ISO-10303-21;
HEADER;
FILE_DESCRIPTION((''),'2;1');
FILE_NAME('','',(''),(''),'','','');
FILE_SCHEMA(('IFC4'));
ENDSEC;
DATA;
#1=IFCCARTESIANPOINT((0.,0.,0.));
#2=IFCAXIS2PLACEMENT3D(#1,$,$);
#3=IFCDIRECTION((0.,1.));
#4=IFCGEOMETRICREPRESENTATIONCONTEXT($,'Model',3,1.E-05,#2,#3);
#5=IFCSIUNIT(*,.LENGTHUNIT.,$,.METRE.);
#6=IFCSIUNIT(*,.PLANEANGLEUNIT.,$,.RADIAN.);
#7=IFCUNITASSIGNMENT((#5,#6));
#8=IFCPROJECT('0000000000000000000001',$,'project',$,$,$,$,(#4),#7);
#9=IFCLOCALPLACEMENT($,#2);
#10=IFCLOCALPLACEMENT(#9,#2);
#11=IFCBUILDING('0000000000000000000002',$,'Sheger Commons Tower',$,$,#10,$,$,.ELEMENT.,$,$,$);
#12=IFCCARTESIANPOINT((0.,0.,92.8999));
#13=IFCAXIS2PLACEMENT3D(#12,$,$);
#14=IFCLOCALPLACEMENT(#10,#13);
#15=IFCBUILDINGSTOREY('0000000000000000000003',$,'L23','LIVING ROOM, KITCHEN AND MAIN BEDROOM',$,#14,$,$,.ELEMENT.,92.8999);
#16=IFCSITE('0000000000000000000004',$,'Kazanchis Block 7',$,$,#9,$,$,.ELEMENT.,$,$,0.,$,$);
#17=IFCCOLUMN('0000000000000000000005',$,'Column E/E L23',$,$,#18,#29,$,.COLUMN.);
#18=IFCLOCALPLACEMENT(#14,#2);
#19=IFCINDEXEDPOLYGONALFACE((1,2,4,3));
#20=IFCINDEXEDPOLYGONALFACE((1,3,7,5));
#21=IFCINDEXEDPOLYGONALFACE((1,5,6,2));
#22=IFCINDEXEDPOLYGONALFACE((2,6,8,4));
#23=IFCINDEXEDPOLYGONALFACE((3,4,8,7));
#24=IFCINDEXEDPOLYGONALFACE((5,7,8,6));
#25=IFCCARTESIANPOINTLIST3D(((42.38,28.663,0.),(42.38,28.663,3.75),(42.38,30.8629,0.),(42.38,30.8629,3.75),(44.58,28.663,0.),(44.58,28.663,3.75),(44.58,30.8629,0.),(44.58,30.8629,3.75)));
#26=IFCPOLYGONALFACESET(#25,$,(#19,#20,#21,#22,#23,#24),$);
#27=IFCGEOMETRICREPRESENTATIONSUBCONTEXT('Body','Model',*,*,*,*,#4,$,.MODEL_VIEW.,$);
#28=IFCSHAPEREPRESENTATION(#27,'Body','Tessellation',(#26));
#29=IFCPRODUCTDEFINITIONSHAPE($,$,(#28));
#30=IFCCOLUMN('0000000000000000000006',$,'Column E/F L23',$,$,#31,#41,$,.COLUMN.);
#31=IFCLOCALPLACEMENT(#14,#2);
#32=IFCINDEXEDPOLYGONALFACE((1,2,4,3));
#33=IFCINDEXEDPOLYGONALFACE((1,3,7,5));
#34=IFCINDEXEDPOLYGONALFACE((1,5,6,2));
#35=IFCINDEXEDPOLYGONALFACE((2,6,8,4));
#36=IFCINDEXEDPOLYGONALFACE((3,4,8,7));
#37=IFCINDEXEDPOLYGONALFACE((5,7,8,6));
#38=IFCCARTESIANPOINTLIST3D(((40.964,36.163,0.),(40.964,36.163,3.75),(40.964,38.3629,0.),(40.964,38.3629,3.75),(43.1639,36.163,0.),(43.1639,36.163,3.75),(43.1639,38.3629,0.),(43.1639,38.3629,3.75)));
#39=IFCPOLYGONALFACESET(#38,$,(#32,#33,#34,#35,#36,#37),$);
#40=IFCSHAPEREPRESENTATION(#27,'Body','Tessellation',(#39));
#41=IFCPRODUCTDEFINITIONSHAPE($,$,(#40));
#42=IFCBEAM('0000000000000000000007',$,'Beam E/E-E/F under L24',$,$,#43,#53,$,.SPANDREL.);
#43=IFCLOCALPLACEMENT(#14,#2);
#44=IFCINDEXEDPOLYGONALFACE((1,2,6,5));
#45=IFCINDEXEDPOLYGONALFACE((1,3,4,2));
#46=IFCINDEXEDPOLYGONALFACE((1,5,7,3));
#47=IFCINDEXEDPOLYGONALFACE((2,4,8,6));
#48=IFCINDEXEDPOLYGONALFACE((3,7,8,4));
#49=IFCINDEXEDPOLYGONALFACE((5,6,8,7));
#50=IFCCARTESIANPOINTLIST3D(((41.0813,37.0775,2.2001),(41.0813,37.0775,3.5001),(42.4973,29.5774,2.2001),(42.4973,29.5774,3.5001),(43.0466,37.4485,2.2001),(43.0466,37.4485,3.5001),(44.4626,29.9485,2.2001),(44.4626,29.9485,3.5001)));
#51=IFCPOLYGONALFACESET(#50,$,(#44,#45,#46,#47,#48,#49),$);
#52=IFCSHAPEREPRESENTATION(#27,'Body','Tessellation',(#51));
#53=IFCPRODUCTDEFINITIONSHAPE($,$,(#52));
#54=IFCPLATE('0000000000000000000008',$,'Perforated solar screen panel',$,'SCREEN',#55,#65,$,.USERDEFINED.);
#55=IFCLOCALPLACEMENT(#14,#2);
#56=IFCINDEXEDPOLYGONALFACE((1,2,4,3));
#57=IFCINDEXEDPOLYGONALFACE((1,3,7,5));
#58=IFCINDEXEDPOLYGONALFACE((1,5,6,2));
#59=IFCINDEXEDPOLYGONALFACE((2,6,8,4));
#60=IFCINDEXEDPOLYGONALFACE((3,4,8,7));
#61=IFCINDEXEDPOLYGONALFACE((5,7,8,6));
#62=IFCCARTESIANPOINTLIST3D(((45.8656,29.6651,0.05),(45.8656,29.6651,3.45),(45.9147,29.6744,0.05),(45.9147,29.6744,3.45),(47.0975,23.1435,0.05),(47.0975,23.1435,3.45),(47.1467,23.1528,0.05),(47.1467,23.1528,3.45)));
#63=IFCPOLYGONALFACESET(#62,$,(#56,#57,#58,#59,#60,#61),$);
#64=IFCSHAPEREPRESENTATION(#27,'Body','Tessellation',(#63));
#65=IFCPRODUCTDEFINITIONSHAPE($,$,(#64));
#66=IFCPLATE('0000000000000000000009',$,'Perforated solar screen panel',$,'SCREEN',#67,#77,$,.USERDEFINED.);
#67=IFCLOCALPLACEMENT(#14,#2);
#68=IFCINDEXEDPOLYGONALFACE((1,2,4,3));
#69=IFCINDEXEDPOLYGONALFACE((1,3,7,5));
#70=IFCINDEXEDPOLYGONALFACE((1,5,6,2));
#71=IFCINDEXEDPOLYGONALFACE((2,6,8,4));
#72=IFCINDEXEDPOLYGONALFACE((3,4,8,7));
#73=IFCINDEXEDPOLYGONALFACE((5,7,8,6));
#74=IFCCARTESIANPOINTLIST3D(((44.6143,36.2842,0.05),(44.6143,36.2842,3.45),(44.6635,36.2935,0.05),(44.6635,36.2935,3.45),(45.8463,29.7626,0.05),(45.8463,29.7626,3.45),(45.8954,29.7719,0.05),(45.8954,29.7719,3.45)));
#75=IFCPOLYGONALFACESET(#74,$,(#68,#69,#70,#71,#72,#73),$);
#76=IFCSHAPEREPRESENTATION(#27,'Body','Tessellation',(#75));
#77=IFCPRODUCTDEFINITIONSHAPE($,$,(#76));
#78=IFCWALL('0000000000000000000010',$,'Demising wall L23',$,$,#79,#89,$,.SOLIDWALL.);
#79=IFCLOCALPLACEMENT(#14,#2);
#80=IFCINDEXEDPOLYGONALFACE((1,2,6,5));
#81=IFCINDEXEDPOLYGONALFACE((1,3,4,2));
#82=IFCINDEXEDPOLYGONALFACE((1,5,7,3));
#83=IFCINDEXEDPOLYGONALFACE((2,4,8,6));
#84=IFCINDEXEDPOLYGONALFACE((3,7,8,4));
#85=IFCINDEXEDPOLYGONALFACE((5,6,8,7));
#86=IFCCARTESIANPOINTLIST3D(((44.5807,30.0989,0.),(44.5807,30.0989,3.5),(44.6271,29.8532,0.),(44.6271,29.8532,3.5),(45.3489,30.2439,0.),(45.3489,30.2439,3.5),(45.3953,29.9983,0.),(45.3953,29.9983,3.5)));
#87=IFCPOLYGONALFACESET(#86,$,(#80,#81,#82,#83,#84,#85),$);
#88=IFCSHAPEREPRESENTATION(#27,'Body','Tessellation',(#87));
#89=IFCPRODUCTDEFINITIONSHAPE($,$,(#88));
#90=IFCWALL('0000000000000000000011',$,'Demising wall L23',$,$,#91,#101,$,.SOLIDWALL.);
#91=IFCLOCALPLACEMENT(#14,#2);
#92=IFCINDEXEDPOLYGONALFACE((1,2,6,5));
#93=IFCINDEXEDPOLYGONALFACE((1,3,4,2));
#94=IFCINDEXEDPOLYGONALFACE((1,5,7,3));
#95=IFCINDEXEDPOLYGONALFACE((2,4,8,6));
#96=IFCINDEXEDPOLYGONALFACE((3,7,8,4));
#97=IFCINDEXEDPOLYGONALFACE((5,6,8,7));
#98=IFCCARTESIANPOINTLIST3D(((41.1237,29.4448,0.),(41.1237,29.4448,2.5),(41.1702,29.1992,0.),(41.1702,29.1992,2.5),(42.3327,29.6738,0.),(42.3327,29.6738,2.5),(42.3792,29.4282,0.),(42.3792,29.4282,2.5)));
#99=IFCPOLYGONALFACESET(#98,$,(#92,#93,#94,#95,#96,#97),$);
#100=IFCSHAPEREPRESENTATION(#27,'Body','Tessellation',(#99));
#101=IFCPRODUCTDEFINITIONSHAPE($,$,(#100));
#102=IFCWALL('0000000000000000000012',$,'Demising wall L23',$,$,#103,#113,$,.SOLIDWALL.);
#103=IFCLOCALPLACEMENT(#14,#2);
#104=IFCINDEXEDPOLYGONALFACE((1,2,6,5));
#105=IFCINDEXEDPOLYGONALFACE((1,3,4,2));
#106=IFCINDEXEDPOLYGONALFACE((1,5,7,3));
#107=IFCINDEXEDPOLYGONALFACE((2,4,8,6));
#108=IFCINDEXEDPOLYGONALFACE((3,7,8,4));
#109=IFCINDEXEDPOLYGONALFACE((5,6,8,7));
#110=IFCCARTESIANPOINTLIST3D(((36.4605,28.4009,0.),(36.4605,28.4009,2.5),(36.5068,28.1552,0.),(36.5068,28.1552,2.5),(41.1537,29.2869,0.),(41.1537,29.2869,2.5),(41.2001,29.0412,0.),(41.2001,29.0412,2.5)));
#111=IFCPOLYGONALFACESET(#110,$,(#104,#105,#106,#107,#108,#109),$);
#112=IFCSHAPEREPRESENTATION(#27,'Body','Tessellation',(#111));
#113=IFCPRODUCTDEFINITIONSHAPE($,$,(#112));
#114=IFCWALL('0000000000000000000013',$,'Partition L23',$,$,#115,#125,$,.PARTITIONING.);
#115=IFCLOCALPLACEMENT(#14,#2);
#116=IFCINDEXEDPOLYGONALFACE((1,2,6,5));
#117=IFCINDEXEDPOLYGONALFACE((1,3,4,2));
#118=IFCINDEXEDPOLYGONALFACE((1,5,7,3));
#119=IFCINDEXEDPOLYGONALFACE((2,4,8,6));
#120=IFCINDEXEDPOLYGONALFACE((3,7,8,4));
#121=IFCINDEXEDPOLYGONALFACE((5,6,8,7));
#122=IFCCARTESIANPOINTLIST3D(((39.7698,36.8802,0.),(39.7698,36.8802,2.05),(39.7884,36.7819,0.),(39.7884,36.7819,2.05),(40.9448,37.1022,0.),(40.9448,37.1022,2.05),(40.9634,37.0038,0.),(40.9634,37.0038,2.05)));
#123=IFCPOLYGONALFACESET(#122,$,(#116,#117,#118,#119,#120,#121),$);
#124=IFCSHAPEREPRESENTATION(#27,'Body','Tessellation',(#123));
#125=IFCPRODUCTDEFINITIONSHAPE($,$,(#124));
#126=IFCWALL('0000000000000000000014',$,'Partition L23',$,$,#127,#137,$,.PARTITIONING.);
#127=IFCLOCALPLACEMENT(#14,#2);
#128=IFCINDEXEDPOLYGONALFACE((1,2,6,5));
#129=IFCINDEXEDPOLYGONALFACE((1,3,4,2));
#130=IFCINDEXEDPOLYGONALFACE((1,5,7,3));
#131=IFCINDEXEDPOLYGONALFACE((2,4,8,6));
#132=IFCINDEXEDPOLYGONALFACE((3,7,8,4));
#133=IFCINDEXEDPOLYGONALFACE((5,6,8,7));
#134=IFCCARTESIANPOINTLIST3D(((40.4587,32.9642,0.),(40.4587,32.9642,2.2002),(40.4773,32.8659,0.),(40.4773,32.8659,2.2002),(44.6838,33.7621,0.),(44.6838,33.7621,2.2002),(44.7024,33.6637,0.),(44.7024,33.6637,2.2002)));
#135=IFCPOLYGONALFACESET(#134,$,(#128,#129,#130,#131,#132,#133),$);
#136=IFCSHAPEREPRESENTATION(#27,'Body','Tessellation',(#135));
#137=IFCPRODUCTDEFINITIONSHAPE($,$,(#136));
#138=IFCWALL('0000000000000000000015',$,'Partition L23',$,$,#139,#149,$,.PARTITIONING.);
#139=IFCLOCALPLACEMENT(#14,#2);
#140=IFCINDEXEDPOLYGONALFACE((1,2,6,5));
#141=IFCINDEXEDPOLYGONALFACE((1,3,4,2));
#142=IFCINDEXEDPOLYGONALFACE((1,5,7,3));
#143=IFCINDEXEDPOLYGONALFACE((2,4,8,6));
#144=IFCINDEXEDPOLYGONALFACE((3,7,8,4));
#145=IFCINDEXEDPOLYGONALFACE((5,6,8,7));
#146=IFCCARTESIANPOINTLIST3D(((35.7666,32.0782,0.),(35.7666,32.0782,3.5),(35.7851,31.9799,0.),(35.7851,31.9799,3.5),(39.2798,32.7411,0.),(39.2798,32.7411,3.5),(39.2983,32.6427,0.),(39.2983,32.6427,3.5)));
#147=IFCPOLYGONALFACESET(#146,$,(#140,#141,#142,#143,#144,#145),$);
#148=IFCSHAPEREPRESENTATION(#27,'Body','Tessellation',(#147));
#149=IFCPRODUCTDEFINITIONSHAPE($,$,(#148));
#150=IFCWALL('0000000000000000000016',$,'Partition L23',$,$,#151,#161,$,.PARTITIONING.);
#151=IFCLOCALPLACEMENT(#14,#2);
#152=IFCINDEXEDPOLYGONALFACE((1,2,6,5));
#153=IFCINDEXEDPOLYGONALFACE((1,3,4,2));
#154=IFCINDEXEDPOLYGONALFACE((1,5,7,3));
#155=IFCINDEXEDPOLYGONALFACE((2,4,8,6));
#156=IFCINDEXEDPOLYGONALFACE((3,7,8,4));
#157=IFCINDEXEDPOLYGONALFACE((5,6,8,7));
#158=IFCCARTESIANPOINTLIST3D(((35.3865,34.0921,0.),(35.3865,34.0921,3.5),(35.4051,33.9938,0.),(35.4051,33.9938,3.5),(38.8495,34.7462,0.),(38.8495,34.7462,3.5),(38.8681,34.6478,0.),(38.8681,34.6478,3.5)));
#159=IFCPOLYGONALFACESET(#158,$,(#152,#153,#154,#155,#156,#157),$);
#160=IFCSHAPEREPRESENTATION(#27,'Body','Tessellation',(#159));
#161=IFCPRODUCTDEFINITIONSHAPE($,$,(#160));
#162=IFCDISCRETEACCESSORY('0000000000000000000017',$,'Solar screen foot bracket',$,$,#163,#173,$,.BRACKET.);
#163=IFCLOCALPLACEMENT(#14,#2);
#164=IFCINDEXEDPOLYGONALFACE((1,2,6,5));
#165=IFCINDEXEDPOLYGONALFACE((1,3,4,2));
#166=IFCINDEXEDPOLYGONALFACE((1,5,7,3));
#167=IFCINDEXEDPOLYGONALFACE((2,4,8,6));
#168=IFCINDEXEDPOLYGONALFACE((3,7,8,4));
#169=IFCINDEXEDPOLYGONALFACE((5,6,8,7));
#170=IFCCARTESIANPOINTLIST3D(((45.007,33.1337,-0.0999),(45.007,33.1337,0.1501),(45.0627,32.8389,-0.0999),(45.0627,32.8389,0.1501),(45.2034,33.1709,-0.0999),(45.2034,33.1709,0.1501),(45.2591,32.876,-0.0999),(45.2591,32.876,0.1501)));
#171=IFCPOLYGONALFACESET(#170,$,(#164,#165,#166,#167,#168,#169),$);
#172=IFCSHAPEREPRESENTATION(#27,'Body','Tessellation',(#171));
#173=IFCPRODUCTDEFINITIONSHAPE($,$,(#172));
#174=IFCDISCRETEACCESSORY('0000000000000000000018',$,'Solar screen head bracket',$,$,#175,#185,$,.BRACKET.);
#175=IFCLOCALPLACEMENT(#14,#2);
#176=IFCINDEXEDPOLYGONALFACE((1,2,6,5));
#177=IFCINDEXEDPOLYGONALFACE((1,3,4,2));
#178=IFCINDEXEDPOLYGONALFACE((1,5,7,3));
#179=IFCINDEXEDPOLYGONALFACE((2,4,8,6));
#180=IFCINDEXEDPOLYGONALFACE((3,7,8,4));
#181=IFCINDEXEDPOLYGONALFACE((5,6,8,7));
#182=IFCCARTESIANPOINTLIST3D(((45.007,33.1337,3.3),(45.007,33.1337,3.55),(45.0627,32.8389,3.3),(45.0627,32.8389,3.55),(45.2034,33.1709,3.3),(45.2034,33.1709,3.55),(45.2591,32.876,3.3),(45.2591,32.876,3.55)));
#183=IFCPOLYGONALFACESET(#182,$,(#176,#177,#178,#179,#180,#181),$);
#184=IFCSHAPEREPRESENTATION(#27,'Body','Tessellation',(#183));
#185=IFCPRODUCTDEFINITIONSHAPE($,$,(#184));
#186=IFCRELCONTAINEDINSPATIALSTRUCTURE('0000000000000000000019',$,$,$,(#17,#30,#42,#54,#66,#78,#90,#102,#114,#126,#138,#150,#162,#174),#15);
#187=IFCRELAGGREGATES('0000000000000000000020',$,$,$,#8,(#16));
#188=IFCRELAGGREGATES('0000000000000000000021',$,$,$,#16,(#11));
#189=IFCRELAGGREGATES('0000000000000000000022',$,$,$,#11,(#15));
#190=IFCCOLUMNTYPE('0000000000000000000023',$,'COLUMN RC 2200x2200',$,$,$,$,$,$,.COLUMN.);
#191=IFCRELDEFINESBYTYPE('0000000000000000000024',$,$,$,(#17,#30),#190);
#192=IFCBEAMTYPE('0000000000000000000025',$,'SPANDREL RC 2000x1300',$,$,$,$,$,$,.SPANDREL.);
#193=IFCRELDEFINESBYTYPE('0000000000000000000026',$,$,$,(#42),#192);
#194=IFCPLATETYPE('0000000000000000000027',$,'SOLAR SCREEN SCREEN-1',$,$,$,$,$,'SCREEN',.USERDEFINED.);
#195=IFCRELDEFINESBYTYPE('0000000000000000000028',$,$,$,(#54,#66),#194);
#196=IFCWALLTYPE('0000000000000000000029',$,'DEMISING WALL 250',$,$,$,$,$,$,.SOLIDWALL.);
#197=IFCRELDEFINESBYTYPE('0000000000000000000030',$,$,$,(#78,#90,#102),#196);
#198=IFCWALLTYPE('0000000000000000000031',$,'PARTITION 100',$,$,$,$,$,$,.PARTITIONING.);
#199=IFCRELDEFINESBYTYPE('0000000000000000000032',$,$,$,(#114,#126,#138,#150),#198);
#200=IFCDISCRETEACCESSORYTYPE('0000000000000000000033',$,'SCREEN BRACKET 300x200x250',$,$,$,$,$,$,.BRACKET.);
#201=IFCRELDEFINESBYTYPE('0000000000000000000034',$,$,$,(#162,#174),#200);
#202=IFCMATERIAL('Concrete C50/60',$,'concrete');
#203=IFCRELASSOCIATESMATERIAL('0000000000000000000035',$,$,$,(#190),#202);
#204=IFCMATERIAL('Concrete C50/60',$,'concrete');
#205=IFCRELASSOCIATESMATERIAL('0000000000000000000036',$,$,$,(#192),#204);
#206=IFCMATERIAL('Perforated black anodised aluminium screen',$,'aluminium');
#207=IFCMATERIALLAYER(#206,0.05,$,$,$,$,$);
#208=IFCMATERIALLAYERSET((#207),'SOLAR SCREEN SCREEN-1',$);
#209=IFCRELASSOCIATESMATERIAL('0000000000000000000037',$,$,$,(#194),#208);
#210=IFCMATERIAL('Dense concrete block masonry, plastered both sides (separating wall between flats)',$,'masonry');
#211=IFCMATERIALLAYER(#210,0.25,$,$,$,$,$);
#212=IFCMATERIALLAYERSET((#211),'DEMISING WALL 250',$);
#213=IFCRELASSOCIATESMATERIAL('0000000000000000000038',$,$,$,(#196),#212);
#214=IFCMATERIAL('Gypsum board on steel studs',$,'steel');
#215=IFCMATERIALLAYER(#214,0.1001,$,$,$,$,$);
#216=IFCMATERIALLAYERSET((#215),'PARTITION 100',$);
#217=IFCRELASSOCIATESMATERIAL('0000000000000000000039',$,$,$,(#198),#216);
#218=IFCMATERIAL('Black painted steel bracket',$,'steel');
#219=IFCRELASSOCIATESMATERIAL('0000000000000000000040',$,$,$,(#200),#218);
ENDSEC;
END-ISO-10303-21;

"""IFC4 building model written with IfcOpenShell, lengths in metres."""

from ifc_helpers import new_model, si_unit, direction, frame, frame_2d, origin, origin_2d, place, context, subcontext, project, spatial, rectangle, extrude, material, layer, layer_set, material_profile, profile_set, type_object, element, save


model = new_model("IFC4")

# Units and contexts
model_context = context("Model", 3, precision=1e-05, world=origin(), true_north=direction((0.0, 1.0)))
body_context = subcontext(model_context, "Body", "Model", "MODEL_VIEW")
ifc_project = project(units=[si_unit("LENGTHUNIT", "METRE"), si_unit("PLANEANGLEUNIT", "RADIAN")], contexts=[model_context])

# Site, building, storey
site_placement = place(None, origin())
site = spatial("IfcSite", under=ifc_project, at=site_placement, Name="Kazanchis Block 7", CompositionType="ELEMENT", RefElevation=0.0)
building_placement = place(site_placement, origin())
building = spatial("IfcBuilding", under=site, at=building_placement, Name="Sheger Commons Tower", CompositionType="ELEMENT")
storey_placement = place(building_placement, frame((0.0, 0.0, 92.8999)))
storey = spatial("IfcBuildingStorey", under=building, at=storey_placement, Name="L23", Description="LIVING ROOM, KITCHEN AND MAIN BEDROOM", CompositionType="ELEMENT", Elevation=92.8999)

# Columns
ifc_material_1 = material(Name="Concrete C50/60", Category="concrete")
ifc_material_profile_1 = material_profile(ifc_material_1, rectangle(XDim=2.2, YDim=2.2, at=origin_2d()), Name="RC 2200x2200")
ifc_profile_set_1 = profile_set([ifc_material_profile_1], Name="Concrete C50/60")
column_type = type_object("IfcColumnType", Name="COLUMN RC 2200x2200", PredefinedType="COLUMN", material=ifc_profile_set_1)
for number, where, z_axis, x_axis, name in (
    (1, (43.48, 29.7629, 0.0), (0.0, 0.0, 1.0), (1.0, 0.0, 0.0), "Column E/E L23"),
    (2, (42.064, 37.2629, 0.0), (0.0, 0.0, 1.0), (1.0, 0.0, 0.0), "Column E/F L23"),
):
    element("IfcColumn", number, at=place(storey_placement, frame(where, z_axis=z_axis, x_axis=x_axis)), inside=storey, type_object=column_type, Name=name, PredefinedType="COLUMN", context=body_context, shape_type="SweptSolid", body=[
        extrude(rectangle(XDim=2.2, YDim=2.2, at=origin_2d()), origin(), (0.0, 0.0, 1.0), 3.75),
    ])

# Beam
ifc_material_2 = material(Name="Concrete C50/60", Category="concrete")
ifc_material_profile_2 = material_profile(ifc_material_2, rectangle(XDim=2.0, YDim=1.3, at=origin_2d()), Name="RC 2000x1300")
ifc_profile_set_2 = profile_set([ifc_material_profile_2], Name="Concrete C50/60")
beam_type = type_object("IfcBeamType", Name="SPANDREL RC 2000x1300", PredefinedType="SPANDREL", material=ifc_profile_set_2)
beam_placement = place(storey_placement, frame((43.48, 29.7629, 2.8501), z_axis=(-0.185524, 0.98264, 0.0), x_axis=(-0.98264, -0.185524, 0.0)))
element("IfcBeam", 3, at=beam_placement, inside=storey, type_object=beam_type, Name="Beam E/E-E/F under L24", PredefinedType="SPANDREL", context=body_context, shape_type="SweptSolid", body=[
    extrude(rectangle(XDim=2.0, YDim=1.3, at=origin_2d()), origin(), (0.0, 0.0, 1.0), 7.6326),
])

# Plates
ifc_material_3 = material(Name="Perforated black anodised aluminium screen", Category="aluminium")
ifc_layer_1 = layer(ifc_material_3, 0.05)
ifc_layer_set_1 = layer_set([ifc_layer_1], Name="SOLAR SCREEN SCREEN-1")
plate_type = type_object("IfcPlateType", Name="SOLAR SCREEN SCREEN-1", ElementType="SCREEN", PredefinedType="USERDEFINED", material=ifc_layer_set_1)
for number, where, z_axis, x_axis, name in (
    (4, (46.5061, 26.4089, 0.05), (0.0, 0.0, 1.0), (-0.185615, 0.982623, 0.0), "Perforated solar screen panel"),
    (5, (45.2549, 33.0281, 0.05), (0.0, 0.0, 1.0), (-0.185615, 0.982623, 0.0), "Perforated solar screen panel"),
):
    element("IfcPlate", number, at=place(storey_placement, frame(where, z_axis=z_axis, x_axis=x_axis)), inside=storey, type_object=plate_type, Name=name, ObjectType="SCREEN", PredefinedType="USERDEFINED", context=body_context, shape_type="SweptSolid", body=[
        extrude(rectangle(XDim=6.637, YDim=0.05, at=origin_2d()), origin(), (0.0, 0.0, 1.0), 3.3999),
    ])

# Walls
ifc_material_4 = material(Name="Dense concrete block masonry, plastered both sides (separating wall between flats)", Category="masonry")
ifc_layer_2 = layer(ifc_material_4, 0.25)
ifc_layer_set_2 = layer_set([ifc_layer_2], Name="DEMISING WALL 250")
wall_type_1 = type_object("IfcWallType", Name="DEMISING WALL 250", PredefinedType="SOLIDWALL", material=ifc_layer_set_2)
wall_1_placement = place(storey_placement, frame((45.3721, 30.1211, 0.0), z_axis=(0.0, 0.0, 1.0), x_axis=(-0.982638, -0.185533, 0.0)))
element("IfcWall", 6, at=wall_1_placement, inside=storey, type_object=wall_type_1, Name="Demising wall L23", PredefinedType="SOLIDWALL", context=body_context, shape_type="SweptSolid", body=[
    extrude(rectangle(XDim=0.7817, YDim=0.25, at=frame_2d((0.3909, 0.0))), origin(), (0.0, 0.0, 1.0), 3.5),
])
wall_2_placement = place(storey_placement, frame((42.356, 29.551, 0.0), z_axis=(0.0, 0.0, 1.0), x_axis=(-0.982529, -0.186109, 0.0)))
element("IfcWall", 7, at=wall_2_placement, inside=storey, type_object=wall_type_1, Name="Demising wall L23", PredefinedType="SOLIDWALL", context=body_context, shape_type="SweptSolid", body=[
    extrude(rectangle(XDim=1.2305, YDim=0.25, at=frame_2d((0.6152, 0.0))), origin(), (0.0, 0.0, 1.0), 2.5),
])
wall_3_placement = place(storey_placement, frame((41.177, 29.1641, 0.0), z_axis=(0.0, 0.0, 1.0), x_axis=(-0.982643, -0.185508, 0.0)))
element("IfcWall", 8, at=wall_3_placement, inside=storey, type_object=wall_type_1, Name="Demising wall L23", PredefinedType="SOLIDWALL", context=body_context, shape_type="SweptSolid", body=[
    extrude(rectangle(XDim=4.7761, YDim=0.25, at=frame_2d((2.3882, 0.0))), origin(), (0.0, 0.0, 1.0), 2.5),
])
ifc_material_5 = material(Name="Gypsum board on steel studs", Category="steel")
ifc_layer_3 = layer(ifc_material_5, 0.1001)
ifc_layer_set_3 = layer_set([ifc_layer_3], Name="PARTITION 100")
wall_type_2 = type_object("IfcWallType", Name="PARTITION 100", PredefinedType="PARTITIONING", material=ifc_layer_set_3)
wall_4_placement = place(storey_placement, frame((40.9541, 37.053, 0.0), z_axis=(0.0, 0.0, 1.0), x_axis=(-0.982629, -0.185583, 0.0)))
element("IfcWall", 9, at=wall_4_placement, inside=storey, type_object=wall_type_2, Name="Partition L23", PredefinedType="PARTITIONING", context=body_context, shape_type="SweptSolid", body=[
    extrude(rectangle(XDim=1.1958, YDim=0.1001, at=frame_2d((0.5979, 0.0))), origin(), (0.0, 0.0, 1.0), 2.05),
])
wall_5_placement = place(storey_placement, frame((44.6931, 33.7129, 0.0), z_axis=(0.0, 0.0, 1.0), x_axis=(-0.982634, -0.185557, 0.0)))
element("IfcWall", 10, at=wall_5_placement, inside=storey, type_object=wall_type_2, Name="Partition L23", PredefinedType="PARTITIONING", context=body_context, shape_type="SweptSolid", body=[
    extrude(rectangle(XDim=4.2998, YDim=0.1001, at=frame_2d((2.1499, 0.0))), origin(), (0.0, 0.0, 1.0), 2.2002),
])
wall_6_placement = place(storey_placement, frame((39.2891, 32.6919, 0.0), z_axis=(0.0, 0.0, 1.0), x_axis=(-0.982663, -0.185402, 0.0)))
element("IfcWall", 11, at=wall_6_placement, inside=storey, type_object=wall_type_2, Name="Partition L23", PredefinedType="PARTITIONING", context=body_context, shape_type="SweptSolid", body=[
    extrude(rectangle(XDim=3.5752, YDim=0.1001, at=frame_2d((1.7876, 0.0))), origin(), (0.0, 0.0, 1.0), 3.5),
])
wall_7_placement = place(storey_placement, frame((38.8589, 34.697, 0.0), z_axis=(0.0, 0.0, 1.0), x_axis=(-0.982627, -0.185593, 0.0)))
element("IfcWall", 12, at=wall_7_placement, inside=storey, type_object=wall_type_2, Name="Partition L23", PredefinedType="PARTITIONING", context=body_context, shape_type="SweptSolid", body=[
    extrude(rectangle(XDim=3.5242, YDim=0.1001, at=frame_2d((1.7622, 0.0))), origin(), (0.0, 0.0, 1.0), 3.5),
])

# Discrete accessories
ifc_material_6 = material(Name="Black painted steel bracket", Category="steel")
discrete_accessory_type = type_object("IfcDiscreteAccessoryType", Name="SCREEN BRACKET 300x200x250", PredefinedType="BRACKET", material=ifc_material_6)
for number, where, z_axis, x_axis, name in (
    (13, (45.1331, 33.0049, -0.0999), (0.0, 0.0, 1.0), (-0.185615, 0.982623, 0.0), "Solar screen foot bracket"),
    (14, (45.1331, 33.0049, 3.3), (0.0, 0.0, 1.0), (-0.185615, 0.982623, 0.0), "Solar screen head bracket"),
):
    element("IfcDiscreteAccessory", number, at=place(storey_placement, frame(where, z_axis=z_axis, x_axis=x_axis)), inside=storey, type_object=discrete_accessory_type, Name=name, PredefinedType="BRACKET", context=body_context, shape_type="SweptSolid", body=[
        extrude(rectangle(XDim=0.3, YDim=0.2, at=origin_2d()), origin(), (0.0, 0.0, 1.0), 0.25),
    ])

save(model, "model.ifc")
